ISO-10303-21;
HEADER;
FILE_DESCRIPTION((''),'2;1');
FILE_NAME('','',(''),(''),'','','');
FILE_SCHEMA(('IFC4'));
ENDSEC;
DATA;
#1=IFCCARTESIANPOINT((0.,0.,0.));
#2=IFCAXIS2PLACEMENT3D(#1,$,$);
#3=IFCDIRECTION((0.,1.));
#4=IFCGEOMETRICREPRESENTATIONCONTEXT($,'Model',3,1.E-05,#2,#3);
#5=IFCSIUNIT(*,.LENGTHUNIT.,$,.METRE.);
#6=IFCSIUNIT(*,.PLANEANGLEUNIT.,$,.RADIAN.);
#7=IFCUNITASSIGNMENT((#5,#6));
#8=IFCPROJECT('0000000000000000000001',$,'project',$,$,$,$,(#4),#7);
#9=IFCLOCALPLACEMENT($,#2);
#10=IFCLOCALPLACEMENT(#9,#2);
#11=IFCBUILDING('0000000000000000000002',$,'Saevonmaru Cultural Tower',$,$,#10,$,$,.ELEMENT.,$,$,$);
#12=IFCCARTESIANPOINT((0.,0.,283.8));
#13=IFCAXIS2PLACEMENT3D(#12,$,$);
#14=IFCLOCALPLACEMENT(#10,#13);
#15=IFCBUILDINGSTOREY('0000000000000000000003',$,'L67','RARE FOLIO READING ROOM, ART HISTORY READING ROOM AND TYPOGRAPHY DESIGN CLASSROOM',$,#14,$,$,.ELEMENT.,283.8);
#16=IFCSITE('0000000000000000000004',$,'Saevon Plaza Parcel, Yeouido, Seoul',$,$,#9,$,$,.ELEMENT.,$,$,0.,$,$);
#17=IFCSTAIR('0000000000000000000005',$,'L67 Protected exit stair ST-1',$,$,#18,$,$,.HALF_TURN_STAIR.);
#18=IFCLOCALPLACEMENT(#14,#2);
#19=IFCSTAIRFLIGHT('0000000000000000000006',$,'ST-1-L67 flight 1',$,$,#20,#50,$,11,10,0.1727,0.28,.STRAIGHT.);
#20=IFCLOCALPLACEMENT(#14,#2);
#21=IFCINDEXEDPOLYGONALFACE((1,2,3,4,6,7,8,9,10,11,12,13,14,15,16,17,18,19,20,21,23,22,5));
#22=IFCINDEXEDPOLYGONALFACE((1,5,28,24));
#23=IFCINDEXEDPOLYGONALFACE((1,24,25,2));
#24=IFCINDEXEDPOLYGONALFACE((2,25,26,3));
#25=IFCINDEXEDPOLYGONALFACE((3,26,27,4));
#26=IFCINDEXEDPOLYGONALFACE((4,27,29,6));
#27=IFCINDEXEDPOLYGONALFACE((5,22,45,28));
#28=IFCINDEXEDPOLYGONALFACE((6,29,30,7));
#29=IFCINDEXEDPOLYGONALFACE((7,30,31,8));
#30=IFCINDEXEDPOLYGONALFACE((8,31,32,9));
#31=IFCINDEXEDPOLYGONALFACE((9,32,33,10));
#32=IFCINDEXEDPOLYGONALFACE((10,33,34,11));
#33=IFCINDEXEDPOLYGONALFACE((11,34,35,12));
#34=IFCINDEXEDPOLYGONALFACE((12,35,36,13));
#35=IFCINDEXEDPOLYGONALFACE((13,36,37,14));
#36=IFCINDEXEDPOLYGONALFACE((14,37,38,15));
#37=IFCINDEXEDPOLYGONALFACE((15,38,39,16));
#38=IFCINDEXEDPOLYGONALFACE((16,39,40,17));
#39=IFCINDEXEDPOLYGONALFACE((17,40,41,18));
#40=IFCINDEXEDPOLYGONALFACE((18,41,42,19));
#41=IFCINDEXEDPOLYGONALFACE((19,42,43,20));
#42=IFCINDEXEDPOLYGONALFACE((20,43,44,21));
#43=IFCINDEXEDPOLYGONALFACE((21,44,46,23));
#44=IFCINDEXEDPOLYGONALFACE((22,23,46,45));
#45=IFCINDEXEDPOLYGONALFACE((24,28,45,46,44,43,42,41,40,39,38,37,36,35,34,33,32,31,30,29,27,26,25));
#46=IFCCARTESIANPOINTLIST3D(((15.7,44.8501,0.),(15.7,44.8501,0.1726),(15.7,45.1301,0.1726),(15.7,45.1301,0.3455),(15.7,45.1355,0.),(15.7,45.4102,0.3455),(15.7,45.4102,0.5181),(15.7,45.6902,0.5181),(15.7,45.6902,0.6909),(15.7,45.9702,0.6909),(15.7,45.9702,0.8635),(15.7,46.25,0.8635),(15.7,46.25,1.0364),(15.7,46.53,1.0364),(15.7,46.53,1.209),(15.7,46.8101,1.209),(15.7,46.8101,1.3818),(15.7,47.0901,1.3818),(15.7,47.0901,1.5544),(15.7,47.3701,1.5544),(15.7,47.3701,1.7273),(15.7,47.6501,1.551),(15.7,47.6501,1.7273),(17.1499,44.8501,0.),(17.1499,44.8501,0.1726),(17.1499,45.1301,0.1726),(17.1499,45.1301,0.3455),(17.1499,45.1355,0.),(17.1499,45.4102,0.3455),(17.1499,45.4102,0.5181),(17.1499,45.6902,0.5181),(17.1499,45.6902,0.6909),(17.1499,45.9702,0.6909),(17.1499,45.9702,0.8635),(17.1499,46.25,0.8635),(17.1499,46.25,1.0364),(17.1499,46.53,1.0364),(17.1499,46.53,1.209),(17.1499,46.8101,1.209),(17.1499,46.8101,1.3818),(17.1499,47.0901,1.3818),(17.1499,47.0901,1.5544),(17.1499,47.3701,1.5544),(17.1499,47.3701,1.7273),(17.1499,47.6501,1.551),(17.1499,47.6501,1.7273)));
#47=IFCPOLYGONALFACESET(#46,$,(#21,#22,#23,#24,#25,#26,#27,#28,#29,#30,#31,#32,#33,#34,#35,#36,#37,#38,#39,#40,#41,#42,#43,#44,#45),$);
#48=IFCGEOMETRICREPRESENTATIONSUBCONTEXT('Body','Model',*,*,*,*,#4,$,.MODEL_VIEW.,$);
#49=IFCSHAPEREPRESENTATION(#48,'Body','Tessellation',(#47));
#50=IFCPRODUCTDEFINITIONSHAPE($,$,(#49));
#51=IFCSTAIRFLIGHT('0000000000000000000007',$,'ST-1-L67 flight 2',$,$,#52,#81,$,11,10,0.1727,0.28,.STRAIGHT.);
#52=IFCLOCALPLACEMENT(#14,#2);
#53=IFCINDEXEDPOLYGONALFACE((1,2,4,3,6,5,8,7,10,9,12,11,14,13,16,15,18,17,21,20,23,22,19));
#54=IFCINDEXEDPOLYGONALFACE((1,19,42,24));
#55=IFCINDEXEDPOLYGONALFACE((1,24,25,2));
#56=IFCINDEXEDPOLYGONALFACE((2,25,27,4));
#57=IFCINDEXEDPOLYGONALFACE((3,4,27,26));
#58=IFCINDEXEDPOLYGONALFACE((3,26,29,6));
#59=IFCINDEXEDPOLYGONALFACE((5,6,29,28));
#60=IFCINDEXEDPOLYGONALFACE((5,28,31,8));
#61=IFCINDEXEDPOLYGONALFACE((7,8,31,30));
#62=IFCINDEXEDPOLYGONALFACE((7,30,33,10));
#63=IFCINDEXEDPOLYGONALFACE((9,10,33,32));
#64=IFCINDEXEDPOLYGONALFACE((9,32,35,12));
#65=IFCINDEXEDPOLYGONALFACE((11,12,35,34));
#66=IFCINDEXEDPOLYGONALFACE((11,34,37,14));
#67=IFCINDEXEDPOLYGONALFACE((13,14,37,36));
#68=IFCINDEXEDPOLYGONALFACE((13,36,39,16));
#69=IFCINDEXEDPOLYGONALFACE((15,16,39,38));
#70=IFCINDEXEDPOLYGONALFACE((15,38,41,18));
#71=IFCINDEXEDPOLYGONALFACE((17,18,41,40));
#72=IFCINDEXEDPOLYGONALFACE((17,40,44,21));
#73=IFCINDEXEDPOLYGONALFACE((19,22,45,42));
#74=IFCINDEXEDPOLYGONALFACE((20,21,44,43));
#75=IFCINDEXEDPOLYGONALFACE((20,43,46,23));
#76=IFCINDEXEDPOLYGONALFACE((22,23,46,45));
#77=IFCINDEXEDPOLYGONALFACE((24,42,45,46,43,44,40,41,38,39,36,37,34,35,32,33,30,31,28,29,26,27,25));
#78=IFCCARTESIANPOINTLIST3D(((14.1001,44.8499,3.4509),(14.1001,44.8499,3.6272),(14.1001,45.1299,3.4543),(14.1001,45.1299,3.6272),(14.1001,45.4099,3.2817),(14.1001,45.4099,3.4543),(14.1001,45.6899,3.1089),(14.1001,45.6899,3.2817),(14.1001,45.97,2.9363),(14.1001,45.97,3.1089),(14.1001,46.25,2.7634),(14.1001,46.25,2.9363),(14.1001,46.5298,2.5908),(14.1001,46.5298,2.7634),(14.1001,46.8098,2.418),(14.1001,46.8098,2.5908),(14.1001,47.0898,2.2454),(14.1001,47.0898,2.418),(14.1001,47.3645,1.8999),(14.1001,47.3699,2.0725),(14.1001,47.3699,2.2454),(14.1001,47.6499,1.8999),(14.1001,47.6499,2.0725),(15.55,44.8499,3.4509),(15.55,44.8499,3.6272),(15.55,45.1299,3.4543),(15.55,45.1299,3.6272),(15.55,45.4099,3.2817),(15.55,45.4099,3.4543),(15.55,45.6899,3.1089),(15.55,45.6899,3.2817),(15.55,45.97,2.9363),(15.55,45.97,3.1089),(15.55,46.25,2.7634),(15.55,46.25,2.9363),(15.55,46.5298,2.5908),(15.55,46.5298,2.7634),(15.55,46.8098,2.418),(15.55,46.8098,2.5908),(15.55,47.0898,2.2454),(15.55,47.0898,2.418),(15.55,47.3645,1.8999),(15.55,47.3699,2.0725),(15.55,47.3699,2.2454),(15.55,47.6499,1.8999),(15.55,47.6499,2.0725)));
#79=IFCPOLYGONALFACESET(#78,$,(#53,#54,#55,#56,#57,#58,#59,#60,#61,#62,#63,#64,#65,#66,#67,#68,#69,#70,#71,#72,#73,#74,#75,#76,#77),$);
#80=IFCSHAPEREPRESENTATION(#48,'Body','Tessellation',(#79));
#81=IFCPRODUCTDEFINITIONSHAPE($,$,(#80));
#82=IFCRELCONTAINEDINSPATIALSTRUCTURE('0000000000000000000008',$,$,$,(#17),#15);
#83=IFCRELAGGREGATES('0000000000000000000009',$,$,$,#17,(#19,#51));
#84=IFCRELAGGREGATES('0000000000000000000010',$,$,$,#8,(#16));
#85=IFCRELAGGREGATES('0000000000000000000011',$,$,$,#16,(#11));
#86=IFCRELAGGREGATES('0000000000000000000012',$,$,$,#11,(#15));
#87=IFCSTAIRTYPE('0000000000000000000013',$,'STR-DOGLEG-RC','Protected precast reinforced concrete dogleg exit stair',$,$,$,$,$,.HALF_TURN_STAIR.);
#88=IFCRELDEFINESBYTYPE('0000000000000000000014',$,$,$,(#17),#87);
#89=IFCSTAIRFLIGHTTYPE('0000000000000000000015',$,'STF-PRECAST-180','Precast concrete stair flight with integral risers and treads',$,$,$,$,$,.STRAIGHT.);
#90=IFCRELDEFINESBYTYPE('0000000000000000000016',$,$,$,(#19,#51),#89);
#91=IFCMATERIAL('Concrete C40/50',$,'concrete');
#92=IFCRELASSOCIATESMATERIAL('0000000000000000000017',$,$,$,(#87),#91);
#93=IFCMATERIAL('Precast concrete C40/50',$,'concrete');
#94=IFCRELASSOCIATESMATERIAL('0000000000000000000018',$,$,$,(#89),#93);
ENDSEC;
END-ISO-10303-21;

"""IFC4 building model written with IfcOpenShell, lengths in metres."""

from ifc_helpers import new_model, si_unit, direction, frame, origin, place, context, subcontext, project, spatial, polyline, outline, extrude, material, type_object, element, aggregate, save


model = new_model("IFC4")

# Units and contexts
model_context = context("Model", 3, precision=1e-05, world=origin(), true_north=direction((0.0, 1.0)))
body_context = subcontext(model_context, "Body", "Model", "MODEL_VIEW")
ifc_project = project(units=[si_unit("LENGTHUNIT", "METRE"), si_unit("PLANEANGLEUNIT", "RADIAN")], contexts=[model_context])

# Site, building, storey
site_placement = place(None, origin())
site = spatial("IfcSite", under=ifc_project, at=site_placement, Name="Saevon Plaza Parcel, Yeouido, Seoul", CompositionType="ELEMENT", RefElevation=0.0)
building_placement = place(site_placement, origin())
building = spatial("IfcBuilding", under=site, at=building_placement, Name="Saevonmaru Cultural Tower", CompositionType="ELEMENT")
storey_placement = place(building_placement, frame((0.0, 0.0, 283.8)))
storey = spatial("IfcBuildingStorey", under=building, at=storey_placement, Name="L67", Description="RARE FOLIO READING ROOM, ART HISTORY READING ROOM AND TYPOGRAPHY DESIGN CLASSROOM", CompositionType="ELEMENT", Elevation=283.8)

# Shared definitions
ifc_material_1 = material(Name="Concrete C40/50", Category="concrete")

# Stair, stair flights
stair_type = type_object("IfcStairType", Name="STR-DOGLEG-RC", Description="Protected precast reinforced concrete dogleg exit stair", PredefinedType="HALF_TURN_STAIR", material=ifc_material_1)
stair_placement = place(storey_placement, origin())
stair = element("IfcStair", 1, at=stair_placement, inside=storey, type_object=stair_type, Name="L67 Protected exit stair ST-1", PredefinedType="HALF_TURN_STAIR")
ifc_material_2 = material(Name="Precast concrete C40/50", Category="concrete")
stair_flight_type = type_object("IfcStairFlightType", Name="STF-PRECAST-180", Description="Precast concrete stair flight with integral risers and treads", PredefinedType="STRAIGHT", material=ifc_material_2)
stair_flight_1_placement = place(storey_placement, frame((16.425, 44.8501, 0.0), z_axis=(0.0, 0.0, 1.0), x_axis=(0.0, 1.0, 0.0)))
stair_flight_1 = element("IfcStairFlight", 2, at=stair_flight_1_placement, type_object=stair_flight_type, Name="ST-1-L67 flight 1", NumberOfRisers=11, NumberOfTreads=10, PredefinedType="STRAIGHT", RiserHeight=0.1727, TreadLength=0.28, context=body_context, shape_type="SweptSolid", body=[
    extrude(outline(polyline([(0.0, 0.0), (0.0, 0.1726), (0.28, 0.1726), (0.28, 0.3455), (0.5601, 0.3455), (0.5601, 0.5181), (0.8401, 0.5181), (0.8401, 0.6909), (1.1201, 0.6909), (1.1201, 0.8635), (1.3999, 0.8635), (1.3999, 1.0364), (1.6799, 1.0364), (1.6799, 1.209), (1.96, 1.209), (1.96, 1.3818), (2.24, 1.3818), (2.24, 1.5544), (2.52, 1.5544), (2.52, 1.7273), (2.8, 1.7273), (2.8, 1.8999), (2.8, 1.551), (0.2854, 0.0), (0.0, 0.0)])), frame((0.0, 0.7251, 0.0), z_axis=(0.0, -1.0, 0.0), x_axis=(1.0, 0.0, 0.0)), (0.0, 0.0, 1.0), 1.45),
])
stair_flight_2_placement = place(storey_placement, frame((14.825, 47.6499, 1.8999), z_axis=(0.0, 0.0, 1.0), x_axis=(0.0, -1.0, 0.0)))
stair_flight_2 = element("IfcStairFlight", 3, at=stair_flight_2_placement, type_object=stair_flight_type, Name="ST-1-L67 flight 2", NumberOfRisers=11, NumberOfTreads=10, PredefinedType="STRAIGHT", RiserHeight=0.1727, TreadLength=0.28, context=body_context, shape_type="SweptSolid", body=[
    extrude(outline(polyline([(0.0, 0.0), (0.0, 0.1726), (0.28, 0.1726), (0.28, 0.3455), (0.5601, 0.3455), (0.5601, 0.5181), (0.8401, 0.5181), (0.8401, 0.6909), (1.1201, 0.6909), (1.1201, 0.8635), (1.3999, 0.8635), (1.3999, 1.0364), (1.6799, 1.0364), (1.6799, 1.209), (1.96, 1.209), (1.96, 1.3818), (2.24, 1.3818), (2.24, 1.5544), (2.52, 1.5544), (2.52, 1.7273), (2.8, 1.7273), (2.8, 1.8999), (2.8, 1.551), (0.2854, 0.0), (0.0, 0.0)])), frame((0.0, 0.7251, 0.0), z_axis=(0.0, -1.0, 0.0), x_axis=(1.0, 0.0, 0.0)), (0.0, 0.0, 1.0), 1.45),
])
aggregate(stair, [stair_flight_1, stair_flight_2])

save(model, "model.ifc")
